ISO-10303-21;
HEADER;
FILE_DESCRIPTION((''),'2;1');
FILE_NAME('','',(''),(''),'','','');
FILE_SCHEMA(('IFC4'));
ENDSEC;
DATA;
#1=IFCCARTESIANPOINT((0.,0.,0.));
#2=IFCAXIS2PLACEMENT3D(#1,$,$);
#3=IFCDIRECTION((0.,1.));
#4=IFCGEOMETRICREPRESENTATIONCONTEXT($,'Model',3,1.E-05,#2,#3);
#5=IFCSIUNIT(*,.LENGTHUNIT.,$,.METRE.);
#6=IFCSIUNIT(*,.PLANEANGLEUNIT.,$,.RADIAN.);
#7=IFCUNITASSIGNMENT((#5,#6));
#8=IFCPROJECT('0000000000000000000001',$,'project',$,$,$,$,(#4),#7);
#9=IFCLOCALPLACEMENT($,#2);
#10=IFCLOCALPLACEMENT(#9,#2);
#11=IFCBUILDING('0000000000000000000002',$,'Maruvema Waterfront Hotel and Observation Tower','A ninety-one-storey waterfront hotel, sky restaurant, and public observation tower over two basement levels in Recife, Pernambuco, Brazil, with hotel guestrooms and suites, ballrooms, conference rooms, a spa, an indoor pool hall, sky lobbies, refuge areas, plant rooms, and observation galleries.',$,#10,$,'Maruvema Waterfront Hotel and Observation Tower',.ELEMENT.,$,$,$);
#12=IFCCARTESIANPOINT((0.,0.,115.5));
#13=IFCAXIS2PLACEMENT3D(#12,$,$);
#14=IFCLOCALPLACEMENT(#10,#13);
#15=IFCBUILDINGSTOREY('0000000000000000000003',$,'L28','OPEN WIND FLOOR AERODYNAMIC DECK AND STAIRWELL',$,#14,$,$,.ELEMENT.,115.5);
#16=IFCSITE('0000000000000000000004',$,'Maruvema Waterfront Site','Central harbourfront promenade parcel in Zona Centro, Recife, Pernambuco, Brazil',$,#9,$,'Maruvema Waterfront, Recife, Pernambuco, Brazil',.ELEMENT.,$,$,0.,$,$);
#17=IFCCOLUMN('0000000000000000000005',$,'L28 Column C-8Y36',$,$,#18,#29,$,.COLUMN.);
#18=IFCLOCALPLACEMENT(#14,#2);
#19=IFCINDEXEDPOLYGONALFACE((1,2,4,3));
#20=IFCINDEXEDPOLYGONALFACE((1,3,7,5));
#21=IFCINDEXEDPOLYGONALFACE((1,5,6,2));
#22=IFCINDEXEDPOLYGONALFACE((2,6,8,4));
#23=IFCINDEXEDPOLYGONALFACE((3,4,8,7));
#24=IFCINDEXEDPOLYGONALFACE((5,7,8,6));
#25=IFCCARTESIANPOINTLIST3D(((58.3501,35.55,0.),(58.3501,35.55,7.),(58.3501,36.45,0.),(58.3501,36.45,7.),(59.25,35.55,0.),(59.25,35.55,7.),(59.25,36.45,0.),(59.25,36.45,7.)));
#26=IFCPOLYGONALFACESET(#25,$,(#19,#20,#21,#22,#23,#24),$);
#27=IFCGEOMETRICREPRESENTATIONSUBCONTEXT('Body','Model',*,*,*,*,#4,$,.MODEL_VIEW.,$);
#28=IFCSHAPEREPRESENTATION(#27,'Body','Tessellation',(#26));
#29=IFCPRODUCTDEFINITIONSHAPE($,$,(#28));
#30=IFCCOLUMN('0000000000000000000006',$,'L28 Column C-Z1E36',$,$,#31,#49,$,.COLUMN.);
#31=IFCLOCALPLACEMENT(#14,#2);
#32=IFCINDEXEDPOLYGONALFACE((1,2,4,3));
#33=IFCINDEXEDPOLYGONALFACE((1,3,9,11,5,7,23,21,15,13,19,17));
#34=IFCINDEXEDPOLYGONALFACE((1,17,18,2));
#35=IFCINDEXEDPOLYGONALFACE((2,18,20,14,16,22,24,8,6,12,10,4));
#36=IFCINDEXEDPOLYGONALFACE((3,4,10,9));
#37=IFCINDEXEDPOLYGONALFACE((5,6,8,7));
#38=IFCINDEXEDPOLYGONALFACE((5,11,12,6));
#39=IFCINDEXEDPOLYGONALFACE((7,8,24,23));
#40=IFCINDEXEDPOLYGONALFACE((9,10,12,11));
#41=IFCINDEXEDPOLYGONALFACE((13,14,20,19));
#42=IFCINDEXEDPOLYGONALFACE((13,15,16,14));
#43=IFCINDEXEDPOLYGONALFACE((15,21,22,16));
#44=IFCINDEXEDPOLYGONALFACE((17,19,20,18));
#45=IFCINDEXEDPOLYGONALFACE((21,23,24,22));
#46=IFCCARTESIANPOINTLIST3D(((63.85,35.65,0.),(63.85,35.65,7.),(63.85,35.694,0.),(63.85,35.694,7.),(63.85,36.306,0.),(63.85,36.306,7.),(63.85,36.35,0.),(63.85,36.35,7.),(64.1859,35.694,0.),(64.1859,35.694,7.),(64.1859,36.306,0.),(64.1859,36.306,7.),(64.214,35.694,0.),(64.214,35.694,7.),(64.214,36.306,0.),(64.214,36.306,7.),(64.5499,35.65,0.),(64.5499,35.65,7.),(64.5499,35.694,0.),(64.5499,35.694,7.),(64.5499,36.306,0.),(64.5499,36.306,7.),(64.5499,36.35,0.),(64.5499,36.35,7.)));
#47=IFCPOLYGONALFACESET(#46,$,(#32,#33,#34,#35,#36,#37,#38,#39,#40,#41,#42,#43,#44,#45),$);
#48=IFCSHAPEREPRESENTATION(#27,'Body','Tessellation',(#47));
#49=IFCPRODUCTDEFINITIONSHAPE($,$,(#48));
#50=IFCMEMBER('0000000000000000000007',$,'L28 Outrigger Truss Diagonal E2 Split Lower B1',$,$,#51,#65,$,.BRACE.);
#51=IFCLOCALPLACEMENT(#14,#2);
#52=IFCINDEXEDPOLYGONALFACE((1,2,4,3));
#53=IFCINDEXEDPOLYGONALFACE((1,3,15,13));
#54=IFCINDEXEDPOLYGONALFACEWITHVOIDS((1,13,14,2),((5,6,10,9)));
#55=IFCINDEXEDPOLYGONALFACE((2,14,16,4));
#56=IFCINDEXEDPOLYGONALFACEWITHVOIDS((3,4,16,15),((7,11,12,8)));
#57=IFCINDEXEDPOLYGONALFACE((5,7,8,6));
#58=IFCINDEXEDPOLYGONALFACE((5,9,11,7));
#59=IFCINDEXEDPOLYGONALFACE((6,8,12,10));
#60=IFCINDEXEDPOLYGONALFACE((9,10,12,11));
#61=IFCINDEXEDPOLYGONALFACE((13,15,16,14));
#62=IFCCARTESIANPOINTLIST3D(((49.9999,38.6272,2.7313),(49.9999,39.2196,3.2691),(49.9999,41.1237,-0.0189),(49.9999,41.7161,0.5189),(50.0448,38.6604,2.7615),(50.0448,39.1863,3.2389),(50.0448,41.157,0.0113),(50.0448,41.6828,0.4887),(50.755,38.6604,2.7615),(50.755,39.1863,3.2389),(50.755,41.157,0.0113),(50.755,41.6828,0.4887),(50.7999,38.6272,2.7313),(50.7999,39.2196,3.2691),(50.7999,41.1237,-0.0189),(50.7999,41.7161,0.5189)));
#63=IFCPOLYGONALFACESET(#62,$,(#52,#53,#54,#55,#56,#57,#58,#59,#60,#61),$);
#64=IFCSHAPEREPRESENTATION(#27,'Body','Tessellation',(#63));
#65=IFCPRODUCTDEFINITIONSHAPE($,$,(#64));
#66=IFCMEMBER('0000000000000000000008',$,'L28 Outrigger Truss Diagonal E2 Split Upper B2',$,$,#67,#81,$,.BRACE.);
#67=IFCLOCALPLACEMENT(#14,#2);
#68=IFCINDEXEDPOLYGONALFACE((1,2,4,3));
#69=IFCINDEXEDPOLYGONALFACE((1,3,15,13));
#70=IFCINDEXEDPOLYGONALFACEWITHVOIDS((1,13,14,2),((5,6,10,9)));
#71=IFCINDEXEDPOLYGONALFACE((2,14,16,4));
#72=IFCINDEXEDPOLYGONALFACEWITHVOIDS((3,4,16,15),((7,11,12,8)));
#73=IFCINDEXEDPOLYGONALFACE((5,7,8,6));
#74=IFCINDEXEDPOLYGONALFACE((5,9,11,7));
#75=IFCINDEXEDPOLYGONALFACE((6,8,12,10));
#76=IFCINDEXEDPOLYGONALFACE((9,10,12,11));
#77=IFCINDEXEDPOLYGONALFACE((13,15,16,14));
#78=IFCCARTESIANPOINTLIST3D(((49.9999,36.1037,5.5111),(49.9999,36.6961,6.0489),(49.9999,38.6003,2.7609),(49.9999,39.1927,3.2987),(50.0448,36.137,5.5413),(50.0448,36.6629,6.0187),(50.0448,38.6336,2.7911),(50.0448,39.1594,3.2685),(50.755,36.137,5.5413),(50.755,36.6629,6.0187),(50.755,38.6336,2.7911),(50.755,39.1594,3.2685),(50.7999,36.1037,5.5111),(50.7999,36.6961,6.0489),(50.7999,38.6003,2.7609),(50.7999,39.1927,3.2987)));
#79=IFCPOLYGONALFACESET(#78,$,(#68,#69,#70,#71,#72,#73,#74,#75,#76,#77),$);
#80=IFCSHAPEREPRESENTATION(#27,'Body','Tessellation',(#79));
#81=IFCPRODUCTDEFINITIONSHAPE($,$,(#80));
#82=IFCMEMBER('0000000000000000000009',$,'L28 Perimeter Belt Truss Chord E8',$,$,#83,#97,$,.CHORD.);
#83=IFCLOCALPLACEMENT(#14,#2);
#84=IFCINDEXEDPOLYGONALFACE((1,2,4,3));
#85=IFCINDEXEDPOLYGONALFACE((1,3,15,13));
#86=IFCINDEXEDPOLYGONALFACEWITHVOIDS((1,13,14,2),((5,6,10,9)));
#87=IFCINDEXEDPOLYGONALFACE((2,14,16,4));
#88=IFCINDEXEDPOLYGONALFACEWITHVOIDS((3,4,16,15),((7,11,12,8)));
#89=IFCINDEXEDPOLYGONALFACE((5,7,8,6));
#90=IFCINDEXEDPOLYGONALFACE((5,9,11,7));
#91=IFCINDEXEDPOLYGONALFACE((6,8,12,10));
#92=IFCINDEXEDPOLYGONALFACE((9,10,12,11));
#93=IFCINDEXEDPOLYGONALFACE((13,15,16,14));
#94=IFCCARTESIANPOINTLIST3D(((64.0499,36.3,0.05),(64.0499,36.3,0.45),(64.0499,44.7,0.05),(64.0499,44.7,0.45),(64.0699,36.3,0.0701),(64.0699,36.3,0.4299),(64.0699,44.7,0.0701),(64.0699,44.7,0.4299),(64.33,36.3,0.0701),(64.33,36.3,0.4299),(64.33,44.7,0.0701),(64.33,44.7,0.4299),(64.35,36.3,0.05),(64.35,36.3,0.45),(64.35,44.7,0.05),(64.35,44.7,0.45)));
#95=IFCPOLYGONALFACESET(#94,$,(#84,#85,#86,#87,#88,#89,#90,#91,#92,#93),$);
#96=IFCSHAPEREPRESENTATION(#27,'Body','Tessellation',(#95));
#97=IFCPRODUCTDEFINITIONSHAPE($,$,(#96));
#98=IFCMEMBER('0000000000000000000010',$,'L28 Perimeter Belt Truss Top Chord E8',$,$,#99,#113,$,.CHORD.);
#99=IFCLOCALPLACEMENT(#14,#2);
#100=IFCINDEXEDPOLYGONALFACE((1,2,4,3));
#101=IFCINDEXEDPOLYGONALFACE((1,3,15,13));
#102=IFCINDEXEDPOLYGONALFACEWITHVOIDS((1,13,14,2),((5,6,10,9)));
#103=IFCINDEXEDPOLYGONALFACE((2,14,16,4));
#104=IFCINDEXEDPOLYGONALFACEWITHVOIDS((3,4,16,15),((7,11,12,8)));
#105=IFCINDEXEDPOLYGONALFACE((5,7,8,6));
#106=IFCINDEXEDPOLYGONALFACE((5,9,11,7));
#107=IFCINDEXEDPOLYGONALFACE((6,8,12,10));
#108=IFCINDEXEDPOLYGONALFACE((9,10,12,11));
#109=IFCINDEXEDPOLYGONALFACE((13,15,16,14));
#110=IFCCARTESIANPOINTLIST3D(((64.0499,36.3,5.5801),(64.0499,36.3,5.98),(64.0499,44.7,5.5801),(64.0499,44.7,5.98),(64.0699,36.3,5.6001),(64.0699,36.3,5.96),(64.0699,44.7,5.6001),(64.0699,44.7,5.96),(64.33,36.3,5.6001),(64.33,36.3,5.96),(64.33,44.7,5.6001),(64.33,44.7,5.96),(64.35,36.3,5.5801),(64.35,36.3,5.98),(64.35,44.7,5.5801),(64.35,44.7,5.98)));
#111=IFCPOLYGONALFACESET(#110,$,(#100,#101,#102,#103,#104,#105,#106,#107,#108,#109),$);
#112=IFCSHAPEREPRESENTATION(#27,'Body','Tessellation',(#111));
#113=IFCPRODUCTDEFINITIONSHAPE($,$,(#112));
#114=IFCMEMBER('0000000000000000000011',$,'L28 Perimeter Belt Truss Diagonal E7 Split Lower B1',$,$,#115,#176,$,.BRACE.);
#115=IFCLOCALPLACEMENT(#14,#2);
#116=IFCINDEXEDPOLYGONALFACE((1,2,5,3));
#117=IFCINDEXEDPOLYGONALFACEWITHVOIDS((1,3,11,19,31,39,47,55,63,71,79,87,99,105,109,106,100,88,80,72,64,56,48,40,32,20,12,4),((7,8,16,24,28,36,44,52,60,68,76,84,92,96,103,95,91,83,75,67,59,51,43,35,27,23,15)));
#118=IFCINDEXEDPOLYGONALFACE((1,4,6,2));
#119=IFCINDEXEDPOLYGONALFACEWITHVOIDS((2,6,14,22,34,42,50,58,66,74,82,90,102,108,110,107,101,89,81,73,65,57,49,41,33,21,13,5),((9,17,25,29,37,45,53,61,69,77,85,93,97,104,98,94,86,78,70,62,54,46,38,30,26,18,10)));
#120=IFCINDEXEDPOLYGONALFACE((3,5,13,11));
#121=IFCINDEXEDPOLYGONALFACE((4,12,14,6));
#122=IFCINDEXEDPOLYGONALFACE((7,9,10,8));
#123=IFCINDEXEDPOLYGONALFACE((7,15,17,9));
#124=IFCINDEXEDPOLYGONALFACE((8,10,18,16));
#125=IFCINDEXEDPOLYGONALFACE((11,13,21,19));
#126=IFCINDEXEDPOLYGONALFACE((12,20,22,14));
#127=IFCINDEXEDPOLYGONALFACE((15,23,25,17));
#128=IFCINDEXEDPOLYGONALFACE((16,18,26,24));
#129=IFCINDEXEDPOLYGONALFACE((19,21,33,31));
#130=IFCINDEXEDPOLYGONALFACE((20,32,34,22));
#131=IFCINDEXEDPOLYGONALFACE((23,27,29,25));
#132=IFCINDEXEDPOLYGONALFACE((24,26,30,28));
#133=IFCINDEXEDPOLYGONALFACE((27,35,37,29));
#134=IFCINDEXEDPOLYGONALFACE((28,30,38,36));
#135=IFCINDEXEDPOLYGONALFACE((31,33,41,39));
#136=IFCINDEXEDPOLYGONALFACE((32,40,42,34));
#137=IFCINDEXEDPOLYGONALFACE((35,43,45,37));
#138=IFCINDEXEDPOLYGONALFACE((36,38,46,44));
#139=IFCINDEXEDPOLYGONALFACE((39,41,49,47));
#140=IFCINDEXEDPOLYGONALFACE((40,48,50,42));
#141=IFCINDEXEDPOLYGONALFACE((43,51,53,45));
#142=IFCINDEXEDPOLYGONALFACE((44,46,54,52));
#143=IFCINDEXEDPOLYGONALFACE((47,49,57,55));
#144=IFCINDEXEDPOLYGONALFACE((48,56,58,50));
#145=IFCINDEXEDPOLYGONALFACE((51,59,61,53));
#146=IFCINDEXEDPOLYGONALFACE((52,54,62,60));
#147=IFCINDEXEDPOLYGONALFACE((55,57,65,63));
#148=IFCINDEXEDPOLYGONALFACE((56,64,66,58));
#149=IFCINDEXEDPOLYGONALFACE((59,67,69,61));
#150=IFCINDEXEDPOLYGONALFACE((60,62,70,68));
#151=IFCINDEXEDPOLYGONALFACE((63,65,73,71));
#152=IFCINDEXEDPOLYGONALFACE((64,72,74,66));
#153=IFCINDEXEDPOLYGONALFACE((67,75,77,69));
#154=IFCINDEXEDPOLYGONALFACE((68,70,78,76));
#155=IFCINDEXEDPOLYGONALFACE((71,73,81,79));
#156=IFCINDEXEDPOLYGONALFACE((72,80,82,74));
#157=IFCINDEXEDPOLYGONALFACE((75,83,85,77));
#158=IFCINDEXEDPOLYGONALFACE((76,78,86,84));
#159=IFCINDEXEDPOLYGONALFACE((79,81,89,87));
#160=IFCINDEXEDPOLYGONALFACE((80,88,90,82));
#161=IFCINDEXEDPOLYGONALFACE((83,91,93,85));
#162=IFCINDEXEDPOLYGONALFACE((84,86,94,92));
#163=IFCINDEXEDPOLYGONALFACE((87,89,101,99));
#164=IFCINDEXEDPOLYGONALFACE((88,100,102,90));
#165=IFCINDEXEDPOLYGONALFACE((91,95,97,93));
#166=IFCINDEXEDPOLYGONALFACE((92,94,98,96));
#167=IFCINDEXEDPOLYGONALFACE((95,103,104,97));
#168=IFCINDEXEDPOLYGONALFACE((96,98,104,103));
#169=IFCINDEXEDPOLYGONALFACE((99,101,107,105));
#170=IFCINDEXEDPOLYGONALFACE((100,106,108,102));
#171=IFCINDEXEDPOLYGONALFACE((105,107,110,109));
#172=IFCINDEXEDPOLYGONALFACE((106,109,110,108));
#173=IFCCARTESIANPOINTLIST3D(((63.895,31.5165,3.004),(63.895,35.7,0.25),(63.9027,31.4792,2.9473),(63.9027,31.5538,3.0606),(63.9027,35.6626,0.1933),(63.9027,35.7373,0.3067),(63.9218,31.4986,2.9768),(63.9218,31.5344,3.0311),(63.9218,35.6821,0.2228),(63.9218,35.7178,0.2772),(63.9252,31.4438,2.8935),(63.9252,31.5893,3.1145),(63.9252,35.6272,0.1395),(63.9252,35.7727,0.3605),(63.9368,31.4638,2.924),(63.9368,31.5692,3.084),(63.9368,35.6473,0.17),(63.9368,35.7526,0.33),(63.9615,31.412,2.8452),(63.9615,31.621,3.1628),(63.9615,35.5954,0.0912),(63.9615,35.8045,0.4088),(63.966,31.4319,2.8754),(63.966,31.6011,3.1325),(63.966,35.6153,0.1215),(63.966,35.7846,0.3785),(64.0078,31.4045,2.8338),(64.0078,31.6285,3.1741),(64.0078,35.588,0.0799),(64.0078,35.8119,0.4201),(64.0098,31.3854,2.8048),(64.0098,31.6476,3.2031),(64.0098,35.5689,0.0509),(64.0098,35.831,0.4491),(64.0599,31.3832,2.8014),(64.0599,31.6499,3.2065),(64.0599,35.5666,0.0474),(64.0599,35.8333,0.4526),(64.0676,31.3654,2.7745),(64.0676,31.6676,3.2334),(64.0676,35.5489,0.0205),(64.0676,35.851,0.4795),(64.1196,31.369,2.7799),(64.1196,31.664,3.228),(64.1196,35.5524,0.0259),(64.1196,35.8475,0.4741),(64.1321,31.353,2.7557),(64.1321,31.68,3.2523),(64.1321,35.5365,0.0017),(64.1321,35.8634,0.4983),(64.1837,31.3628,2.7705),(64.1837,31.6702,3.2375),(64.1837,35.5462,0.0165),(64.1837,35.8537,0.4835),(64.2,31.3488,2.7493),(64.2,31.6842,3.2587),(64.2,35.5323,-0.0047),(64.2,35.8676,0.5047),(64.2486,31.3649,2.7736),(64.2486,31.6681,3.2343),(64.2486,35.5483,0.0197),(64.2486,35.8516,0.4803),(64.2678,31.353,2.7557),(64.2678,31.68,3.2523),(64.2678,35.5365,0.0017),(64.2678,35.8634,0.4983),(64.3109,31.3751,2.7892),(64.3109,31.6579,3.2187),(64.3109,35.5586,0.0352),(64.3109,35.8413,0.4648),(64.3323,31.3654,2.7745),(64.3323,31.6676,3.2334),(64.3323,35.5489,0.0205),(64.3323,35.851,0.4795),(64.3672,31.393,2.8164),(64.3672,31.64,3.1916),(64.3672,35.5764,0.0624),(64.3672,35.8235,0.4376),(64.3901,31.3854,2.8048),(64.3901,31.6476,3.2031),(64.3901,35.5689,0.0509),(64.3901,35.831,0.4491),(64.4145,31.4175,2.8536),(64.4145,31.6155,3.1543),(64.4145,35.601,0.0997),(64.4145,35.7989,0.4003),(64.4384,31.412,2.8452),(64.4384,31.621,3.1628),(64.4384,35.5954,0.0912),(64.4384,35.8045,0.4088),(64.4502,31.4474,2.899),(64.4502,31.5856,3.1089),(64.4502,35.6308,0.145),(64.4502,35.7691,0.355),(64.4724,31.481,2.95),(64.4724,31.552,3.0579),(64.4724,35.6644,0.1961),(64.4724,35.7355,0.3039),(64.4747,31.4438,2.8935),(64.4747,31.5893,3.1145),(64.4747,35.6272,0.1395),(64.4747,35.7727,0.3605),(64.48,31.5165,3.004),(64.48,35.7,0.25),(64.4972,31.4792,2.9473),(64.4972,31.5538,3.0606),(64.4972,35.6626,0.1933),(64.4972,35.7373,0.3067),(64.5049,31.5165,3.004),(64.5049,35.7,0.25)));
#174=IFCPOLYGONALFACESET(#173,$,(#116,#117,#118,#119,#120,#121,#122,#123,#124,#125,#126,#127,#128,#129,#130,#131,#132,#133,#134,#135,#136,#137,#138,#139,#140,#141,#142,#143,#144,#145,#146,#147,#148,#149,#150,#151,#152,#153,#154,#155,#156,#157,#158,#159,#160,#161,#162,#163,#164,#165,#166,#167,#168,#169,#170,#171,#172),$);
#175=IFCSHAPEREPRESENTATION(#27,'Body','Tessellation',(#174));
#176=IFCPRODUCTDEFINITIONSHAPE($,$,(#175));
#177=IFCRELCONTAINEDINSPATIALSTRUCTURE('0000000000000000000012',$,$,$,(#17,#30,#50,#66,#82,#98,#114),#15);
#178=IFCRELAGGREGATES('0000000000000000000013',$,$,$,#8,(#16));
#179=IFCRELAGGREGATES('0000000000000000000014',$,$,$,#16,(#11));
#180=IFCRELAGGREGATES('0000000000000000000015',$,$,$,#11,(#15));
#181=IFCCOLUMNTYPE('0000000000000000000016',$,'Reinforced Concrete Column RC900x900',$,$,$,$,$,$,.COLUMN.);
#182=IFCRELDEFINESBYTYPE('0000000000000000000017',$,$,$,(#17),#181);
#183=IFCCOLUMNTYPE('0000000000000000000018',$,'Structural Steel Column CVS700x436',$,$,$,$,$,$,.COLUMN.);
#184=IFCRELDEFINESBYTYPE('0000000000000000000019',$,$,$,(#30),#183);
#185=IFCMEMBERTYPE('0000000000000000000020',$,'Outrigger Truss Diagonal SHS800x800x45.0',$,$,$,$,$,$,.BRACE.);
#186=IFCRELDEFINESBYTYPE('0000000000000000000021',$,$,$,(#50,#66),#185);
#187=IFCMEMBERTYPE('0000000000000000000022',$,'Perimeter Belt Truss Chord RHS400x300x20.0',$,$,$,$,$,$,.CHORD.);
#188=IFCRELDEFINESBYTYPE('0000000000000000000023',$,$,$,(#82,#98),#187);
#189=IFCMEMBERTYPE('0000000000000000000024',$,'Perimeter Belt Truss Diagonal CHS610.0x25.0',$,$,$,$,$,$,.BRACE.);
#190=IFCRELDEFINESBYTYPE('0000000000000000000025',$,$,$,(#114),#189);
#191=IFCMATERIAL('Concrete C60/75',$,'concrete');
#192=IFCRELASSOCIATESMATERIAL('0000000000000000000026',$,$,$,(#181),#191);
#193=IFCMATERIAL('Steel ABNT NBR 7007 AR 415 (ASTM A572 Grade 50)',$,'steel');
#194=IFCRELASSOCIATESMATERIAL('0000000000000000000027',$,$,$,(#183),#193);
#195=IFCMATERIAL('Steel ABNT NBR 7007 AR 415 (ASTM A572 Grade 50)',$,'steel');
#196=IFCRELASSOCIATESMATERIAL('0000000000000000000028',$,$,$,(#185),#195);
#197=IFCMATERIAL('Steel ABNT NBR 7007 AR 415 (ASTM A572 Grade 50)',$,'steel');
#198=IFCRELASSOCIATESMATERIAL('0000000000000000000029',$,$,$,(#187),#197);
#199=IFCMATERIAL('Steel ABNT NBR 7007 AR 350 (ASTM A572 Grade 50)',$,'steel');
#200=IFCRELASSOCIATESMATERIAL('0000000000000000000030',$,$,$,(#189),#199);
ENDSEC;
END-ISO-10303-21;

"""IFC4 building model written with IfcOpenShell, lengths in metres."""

from ifc_helpers import new_model, si_unit, direction, frame, origin, origin_2d, place, context, subcontext, project, spatial, rectangle, hollow_rectangle, hollow_circle, i_section, extrude, material, material_profile, profile_set, type_object, element, save


model = new_model("IFC4")

# Units and contexts
model_context = context("Model", 3, precision=1e-05, world=origin(), true_north=direction((0.0, 1.0)))
body_context = subcontext(model_context, "Body", "Model", "MODEL_VIEW")
ifc_project = project(units=[si_unit("LENGTHUNIT", "METRE"), si_unit("PLANEANGLEUNIT", "RADIAN")], contexts=[model_context])

# Site, building, storey
site_placement = place(None, origin())
site = spatial("IfcSite", under=ifc_project, at=site_placement, Name="Maruvema Waterfront Site", Description="Central harbourfront promenade parcel in Zona Centro, Recife, Pernambuco, Brazil", LongName="Maruvema Waterfront, Recife, Pernambuco, Brazil", CompositionType="ELEMENT", RefElevation=0.0)
building_placement = place(site_placement, origin())
building = spatial("IfcBuilding", under=site, at=building_placement, Name="Maruvema Waterfront Hotel and Observation Tower", Description="A ninety-one-storey waterfront hotel, sky restaurant, and public observation tower over two basement levels in Recife, Pernambuco, Brazil, with hotel guestrooms and suites, ballrooms, conference rooms, a spa, an indoor pool hall, sky lobbies, refuge areas, plant rooms, and observation galleries.", LongName="Maruvema Waterfront Hotel and Observation Tower", CompositionType="ELEMENT")
storey_placement = place(building_placement, frame((0.0, 0.0, 115.5)))
storey = spatial("IfcBuildingStorey", under=building, at=storey_placement, Name="L28", Description="OPEN WIND FLOOR AERODYNAMIC DECK AND STAIRWELL", CompositionType="ELEMENT", Elevation=115.5)

# Columns
ifc_material_1 = material(Name="Concrete C60/75", Category="concrete")
ifc_material_profile_1 = material_profile(ifc_material_1, rectangle(XDim=0.8999, YDim=0.8999, at=origin_2d()), Name="RC900x900")
ifc_profile_set_1 = profile_set([ifc_material_profile_1], Name="Concrete C60/75")
column_type_1 = type_object("IfcColumnType", Name="Reinforced Concrete Column RC900x900", PredefinedType="COLUMN", material=ifc_profile_set_1)
column_1_placement = place(storey_placement, frame((58.8, 36.0, 0.0), z_axis=(0.0, 0.0, 1.0), x_axis=(1.0, 0.0, 0.0)))
element("IfcColumn", 1, at=column_1_placement, inside=storey, type_object=column_type_1, Name="L28 Column C-8Y36", PredefinedType="COLUMN", context=body_context, shape_type="SweptSolid", body=[
    extrude(rectangle(XDim=0.8999, YDim=0.8999, at=origin_2d()), origin(), (0.0, 0.0, 1.0), 7.0),
])
ifc_material_2 = material(Name="Steel ABNT NBR 7007 AR 415 (ASTM A572 Grade 50)", Category="steel")
ifc_material_profile_2 = material_profile(ifc_material_2, i_section(OverallWidth=0.7, OverallDepth=0.7, WebThickness=0.0281, FlangeThickness=0.0439, at=origin_2d()), Name="CVS700x436")
ifc_profile_set_2 = profile_set([ifc_material_profile_2], Name="Steel ABNT NBR 7007 AR 415 (ASTM A572 Grade 50)")
column_type_2 = type_object("IfcColumnType", Name="Structural Steel Column CVS700x436", PredefinedType="COLUMN", material=ifc_profile_set_2)
column_2_placement = place(storey_placement, frame((64.2, 36.0, 0.0), z_axis=(0.0, 0.0, 1.0), x_axis=(1.0, 0.0, 0.0)))
element("IfcColumn", 2, at=column_2_placement, inside=storey, type_object=column_type_2, Name="L28 Column C-Z1E36", PredefinedType="COLUMN", context=body_context, shape_type="SweptSolid", body=[
    extrude(i_section(OverallWidth=0.7, OverallDepth=0.7, WebThickness=0.0281, FlangeThickness=0.0439, at=origin_2d()), origin(), (0.0, 0.0, 1.0), 7.0),
])

# Members
ifc_material_3 = material(Name="Steel ABNT NBR 7007 AR 415 (ASTM A572 Grade 50)", Category="steel")
ifc_material_profile_3 = material_profile(ifc_material_3, hollow_rectangle(XDim=0.8, YDim=0.8, WallThickness=0.0449, at=origin_2d()), Name="SHS800x800x45.0")
ifc_profile_set_3 = profile_set([ifc_material_profile_3], Name="Steel ABNT NBR 7007 AR 415 (ASTM A572 Grade 50)")
member_type_1 = type_object("IfcMemberType", Name="Outrigger Truss Diagonal SHS800x800x45.0", PredefinedType="BRACE", material=ifc_profile_set_3)
for number, where, z_axis, x_axis, name in (
    (3, (50.3999, 41.4199, 0.25), (0.0, -0.672136, 0.740428), (1.0, 0.0, 0.0), "L28 Outrigger Truss Diagonal E2 Split Lower B1"),
    (4, (50.3999, 38.8965, 3.0298), (0.0, -0.672136, 0.740428), (1.0, 0.0, 0.0), "L28 Outrigger Truss Diagonal E2 Split Upper B2"),
):
    element("IfcMember", number, at=place(storey_placement, frame(where, z_axis=z_axis, x_axis=x_axis)), inside=storey, type_object=member_type_1, Name=name, PredefinedType="BRACE", context=body_context, shape_type="SweptSolid", body=[
        extrude(hollow_rectangle(XDim=0.8, YDim=0.8, WallThickness=0.0449, at=origin_2d()), origin(), (0.0, 0.0, 1.0), 3.7144),
    ])
ifc_material_4 = material(Name="Steel ABNT NBR 7007 AR 415 (ASTM A572 Grade 50)", Category="steel")
ifc_material_profile_4 = material_profile(ifc_material_4, hollow_rectangle(XDim=0.3, YDim=0.3999, WallThickness=0.02, at=origin_2d()), Name="RHS400x300x20.0")
ifc_profile_set_4 = profile_set([ifc_material_profile_4], Name="Steel ABNT NBR 7007 AR 415 (ASTM A572 Grade 50)")
member_type_2 = type_object("IfcMemberType", Name="Perimeter Belt Truss Chord RHS400x300x20.0", PredefinedType="CHORD", material=ifc_profile_set_4)
for number, where, z_axis, x_axis, name in (
    (5, (64.2, 36.3, 0.25), (0.0, 1.0, 0.0), (-1.0, 0.0, 0.0), "L28 Perimeter Belt Truss Chord E8"),
    (6, (64.2, 36.3, 5.78), (0.0, 1.0, 0.0), (-1.0, 0.0, 0.0), "L28 Perimeter Belt Truss Top Chord E8"),
):
    element("IfcMember", number, at=place(storey_placement, frame(where, z_axis=z_axis, x_axis=x_axis)), inside=storey, type_object=member_type_2, Name=name, PredefinedType="CHORD", context=body_context, shape_type="SweptSolid", body=[
        extrude(hollow_rectangle(XDim=0.3, YDim=0.3999, WallThickness=0.02, at=origin_2d()), origin(), (0.0, 0.0, 1.0), 8.3999),
    ])
ifc_material_5 = material(Name="Steel ABNT NBR 7007 AR 350 (ASTM A572 Grade 50)", Category="steel")
ifc_material_profile_5 = material_profile(ifc_material_5, hollow_circle(Radius=0.3049, WallThickness=0.0249, at=origin_2d()), Name="CHS610.0x25.0")
ifc_profile_set_5 = profile_set([ifc_material_profile_5], Name="Steel ABNT NBR 7007 AR 350 (ASTM A572 Grade 50)")
member_type_3 = type_object("IfcMemberType", Name="Perimeter Belt Truss Diagonal CHS610.0x25.0", PredefinedType="BRACE", material=ifc_profile_set_5)
for number, where, z_axis, x_axis, name in (
    (7, (64.2, 35.7, 0.25), (0.0, -0.835261, 0.549854), (1.0, 0.0, 0.0), "L28 Perimeter Belt Truss Diagonal E7 Split Lower B1"),
):
    element("IfcMember", number, at=place(storey_placement, frame(where, z_axis=z_axis, x_axis=x_axis)), inside=storey, type_object=member_type_3, Name=name, PredefinedType="BRACE", context=body_context, shape_type="SweptSolid", body=[
        extrude(hollow_circle(Radius=0.3049, WallThickness=0.0249, at=origin_2d()), origin(), (0.0, 0.0, 1.0), 5.0085),
    ])

save(model, "model.ifc")
